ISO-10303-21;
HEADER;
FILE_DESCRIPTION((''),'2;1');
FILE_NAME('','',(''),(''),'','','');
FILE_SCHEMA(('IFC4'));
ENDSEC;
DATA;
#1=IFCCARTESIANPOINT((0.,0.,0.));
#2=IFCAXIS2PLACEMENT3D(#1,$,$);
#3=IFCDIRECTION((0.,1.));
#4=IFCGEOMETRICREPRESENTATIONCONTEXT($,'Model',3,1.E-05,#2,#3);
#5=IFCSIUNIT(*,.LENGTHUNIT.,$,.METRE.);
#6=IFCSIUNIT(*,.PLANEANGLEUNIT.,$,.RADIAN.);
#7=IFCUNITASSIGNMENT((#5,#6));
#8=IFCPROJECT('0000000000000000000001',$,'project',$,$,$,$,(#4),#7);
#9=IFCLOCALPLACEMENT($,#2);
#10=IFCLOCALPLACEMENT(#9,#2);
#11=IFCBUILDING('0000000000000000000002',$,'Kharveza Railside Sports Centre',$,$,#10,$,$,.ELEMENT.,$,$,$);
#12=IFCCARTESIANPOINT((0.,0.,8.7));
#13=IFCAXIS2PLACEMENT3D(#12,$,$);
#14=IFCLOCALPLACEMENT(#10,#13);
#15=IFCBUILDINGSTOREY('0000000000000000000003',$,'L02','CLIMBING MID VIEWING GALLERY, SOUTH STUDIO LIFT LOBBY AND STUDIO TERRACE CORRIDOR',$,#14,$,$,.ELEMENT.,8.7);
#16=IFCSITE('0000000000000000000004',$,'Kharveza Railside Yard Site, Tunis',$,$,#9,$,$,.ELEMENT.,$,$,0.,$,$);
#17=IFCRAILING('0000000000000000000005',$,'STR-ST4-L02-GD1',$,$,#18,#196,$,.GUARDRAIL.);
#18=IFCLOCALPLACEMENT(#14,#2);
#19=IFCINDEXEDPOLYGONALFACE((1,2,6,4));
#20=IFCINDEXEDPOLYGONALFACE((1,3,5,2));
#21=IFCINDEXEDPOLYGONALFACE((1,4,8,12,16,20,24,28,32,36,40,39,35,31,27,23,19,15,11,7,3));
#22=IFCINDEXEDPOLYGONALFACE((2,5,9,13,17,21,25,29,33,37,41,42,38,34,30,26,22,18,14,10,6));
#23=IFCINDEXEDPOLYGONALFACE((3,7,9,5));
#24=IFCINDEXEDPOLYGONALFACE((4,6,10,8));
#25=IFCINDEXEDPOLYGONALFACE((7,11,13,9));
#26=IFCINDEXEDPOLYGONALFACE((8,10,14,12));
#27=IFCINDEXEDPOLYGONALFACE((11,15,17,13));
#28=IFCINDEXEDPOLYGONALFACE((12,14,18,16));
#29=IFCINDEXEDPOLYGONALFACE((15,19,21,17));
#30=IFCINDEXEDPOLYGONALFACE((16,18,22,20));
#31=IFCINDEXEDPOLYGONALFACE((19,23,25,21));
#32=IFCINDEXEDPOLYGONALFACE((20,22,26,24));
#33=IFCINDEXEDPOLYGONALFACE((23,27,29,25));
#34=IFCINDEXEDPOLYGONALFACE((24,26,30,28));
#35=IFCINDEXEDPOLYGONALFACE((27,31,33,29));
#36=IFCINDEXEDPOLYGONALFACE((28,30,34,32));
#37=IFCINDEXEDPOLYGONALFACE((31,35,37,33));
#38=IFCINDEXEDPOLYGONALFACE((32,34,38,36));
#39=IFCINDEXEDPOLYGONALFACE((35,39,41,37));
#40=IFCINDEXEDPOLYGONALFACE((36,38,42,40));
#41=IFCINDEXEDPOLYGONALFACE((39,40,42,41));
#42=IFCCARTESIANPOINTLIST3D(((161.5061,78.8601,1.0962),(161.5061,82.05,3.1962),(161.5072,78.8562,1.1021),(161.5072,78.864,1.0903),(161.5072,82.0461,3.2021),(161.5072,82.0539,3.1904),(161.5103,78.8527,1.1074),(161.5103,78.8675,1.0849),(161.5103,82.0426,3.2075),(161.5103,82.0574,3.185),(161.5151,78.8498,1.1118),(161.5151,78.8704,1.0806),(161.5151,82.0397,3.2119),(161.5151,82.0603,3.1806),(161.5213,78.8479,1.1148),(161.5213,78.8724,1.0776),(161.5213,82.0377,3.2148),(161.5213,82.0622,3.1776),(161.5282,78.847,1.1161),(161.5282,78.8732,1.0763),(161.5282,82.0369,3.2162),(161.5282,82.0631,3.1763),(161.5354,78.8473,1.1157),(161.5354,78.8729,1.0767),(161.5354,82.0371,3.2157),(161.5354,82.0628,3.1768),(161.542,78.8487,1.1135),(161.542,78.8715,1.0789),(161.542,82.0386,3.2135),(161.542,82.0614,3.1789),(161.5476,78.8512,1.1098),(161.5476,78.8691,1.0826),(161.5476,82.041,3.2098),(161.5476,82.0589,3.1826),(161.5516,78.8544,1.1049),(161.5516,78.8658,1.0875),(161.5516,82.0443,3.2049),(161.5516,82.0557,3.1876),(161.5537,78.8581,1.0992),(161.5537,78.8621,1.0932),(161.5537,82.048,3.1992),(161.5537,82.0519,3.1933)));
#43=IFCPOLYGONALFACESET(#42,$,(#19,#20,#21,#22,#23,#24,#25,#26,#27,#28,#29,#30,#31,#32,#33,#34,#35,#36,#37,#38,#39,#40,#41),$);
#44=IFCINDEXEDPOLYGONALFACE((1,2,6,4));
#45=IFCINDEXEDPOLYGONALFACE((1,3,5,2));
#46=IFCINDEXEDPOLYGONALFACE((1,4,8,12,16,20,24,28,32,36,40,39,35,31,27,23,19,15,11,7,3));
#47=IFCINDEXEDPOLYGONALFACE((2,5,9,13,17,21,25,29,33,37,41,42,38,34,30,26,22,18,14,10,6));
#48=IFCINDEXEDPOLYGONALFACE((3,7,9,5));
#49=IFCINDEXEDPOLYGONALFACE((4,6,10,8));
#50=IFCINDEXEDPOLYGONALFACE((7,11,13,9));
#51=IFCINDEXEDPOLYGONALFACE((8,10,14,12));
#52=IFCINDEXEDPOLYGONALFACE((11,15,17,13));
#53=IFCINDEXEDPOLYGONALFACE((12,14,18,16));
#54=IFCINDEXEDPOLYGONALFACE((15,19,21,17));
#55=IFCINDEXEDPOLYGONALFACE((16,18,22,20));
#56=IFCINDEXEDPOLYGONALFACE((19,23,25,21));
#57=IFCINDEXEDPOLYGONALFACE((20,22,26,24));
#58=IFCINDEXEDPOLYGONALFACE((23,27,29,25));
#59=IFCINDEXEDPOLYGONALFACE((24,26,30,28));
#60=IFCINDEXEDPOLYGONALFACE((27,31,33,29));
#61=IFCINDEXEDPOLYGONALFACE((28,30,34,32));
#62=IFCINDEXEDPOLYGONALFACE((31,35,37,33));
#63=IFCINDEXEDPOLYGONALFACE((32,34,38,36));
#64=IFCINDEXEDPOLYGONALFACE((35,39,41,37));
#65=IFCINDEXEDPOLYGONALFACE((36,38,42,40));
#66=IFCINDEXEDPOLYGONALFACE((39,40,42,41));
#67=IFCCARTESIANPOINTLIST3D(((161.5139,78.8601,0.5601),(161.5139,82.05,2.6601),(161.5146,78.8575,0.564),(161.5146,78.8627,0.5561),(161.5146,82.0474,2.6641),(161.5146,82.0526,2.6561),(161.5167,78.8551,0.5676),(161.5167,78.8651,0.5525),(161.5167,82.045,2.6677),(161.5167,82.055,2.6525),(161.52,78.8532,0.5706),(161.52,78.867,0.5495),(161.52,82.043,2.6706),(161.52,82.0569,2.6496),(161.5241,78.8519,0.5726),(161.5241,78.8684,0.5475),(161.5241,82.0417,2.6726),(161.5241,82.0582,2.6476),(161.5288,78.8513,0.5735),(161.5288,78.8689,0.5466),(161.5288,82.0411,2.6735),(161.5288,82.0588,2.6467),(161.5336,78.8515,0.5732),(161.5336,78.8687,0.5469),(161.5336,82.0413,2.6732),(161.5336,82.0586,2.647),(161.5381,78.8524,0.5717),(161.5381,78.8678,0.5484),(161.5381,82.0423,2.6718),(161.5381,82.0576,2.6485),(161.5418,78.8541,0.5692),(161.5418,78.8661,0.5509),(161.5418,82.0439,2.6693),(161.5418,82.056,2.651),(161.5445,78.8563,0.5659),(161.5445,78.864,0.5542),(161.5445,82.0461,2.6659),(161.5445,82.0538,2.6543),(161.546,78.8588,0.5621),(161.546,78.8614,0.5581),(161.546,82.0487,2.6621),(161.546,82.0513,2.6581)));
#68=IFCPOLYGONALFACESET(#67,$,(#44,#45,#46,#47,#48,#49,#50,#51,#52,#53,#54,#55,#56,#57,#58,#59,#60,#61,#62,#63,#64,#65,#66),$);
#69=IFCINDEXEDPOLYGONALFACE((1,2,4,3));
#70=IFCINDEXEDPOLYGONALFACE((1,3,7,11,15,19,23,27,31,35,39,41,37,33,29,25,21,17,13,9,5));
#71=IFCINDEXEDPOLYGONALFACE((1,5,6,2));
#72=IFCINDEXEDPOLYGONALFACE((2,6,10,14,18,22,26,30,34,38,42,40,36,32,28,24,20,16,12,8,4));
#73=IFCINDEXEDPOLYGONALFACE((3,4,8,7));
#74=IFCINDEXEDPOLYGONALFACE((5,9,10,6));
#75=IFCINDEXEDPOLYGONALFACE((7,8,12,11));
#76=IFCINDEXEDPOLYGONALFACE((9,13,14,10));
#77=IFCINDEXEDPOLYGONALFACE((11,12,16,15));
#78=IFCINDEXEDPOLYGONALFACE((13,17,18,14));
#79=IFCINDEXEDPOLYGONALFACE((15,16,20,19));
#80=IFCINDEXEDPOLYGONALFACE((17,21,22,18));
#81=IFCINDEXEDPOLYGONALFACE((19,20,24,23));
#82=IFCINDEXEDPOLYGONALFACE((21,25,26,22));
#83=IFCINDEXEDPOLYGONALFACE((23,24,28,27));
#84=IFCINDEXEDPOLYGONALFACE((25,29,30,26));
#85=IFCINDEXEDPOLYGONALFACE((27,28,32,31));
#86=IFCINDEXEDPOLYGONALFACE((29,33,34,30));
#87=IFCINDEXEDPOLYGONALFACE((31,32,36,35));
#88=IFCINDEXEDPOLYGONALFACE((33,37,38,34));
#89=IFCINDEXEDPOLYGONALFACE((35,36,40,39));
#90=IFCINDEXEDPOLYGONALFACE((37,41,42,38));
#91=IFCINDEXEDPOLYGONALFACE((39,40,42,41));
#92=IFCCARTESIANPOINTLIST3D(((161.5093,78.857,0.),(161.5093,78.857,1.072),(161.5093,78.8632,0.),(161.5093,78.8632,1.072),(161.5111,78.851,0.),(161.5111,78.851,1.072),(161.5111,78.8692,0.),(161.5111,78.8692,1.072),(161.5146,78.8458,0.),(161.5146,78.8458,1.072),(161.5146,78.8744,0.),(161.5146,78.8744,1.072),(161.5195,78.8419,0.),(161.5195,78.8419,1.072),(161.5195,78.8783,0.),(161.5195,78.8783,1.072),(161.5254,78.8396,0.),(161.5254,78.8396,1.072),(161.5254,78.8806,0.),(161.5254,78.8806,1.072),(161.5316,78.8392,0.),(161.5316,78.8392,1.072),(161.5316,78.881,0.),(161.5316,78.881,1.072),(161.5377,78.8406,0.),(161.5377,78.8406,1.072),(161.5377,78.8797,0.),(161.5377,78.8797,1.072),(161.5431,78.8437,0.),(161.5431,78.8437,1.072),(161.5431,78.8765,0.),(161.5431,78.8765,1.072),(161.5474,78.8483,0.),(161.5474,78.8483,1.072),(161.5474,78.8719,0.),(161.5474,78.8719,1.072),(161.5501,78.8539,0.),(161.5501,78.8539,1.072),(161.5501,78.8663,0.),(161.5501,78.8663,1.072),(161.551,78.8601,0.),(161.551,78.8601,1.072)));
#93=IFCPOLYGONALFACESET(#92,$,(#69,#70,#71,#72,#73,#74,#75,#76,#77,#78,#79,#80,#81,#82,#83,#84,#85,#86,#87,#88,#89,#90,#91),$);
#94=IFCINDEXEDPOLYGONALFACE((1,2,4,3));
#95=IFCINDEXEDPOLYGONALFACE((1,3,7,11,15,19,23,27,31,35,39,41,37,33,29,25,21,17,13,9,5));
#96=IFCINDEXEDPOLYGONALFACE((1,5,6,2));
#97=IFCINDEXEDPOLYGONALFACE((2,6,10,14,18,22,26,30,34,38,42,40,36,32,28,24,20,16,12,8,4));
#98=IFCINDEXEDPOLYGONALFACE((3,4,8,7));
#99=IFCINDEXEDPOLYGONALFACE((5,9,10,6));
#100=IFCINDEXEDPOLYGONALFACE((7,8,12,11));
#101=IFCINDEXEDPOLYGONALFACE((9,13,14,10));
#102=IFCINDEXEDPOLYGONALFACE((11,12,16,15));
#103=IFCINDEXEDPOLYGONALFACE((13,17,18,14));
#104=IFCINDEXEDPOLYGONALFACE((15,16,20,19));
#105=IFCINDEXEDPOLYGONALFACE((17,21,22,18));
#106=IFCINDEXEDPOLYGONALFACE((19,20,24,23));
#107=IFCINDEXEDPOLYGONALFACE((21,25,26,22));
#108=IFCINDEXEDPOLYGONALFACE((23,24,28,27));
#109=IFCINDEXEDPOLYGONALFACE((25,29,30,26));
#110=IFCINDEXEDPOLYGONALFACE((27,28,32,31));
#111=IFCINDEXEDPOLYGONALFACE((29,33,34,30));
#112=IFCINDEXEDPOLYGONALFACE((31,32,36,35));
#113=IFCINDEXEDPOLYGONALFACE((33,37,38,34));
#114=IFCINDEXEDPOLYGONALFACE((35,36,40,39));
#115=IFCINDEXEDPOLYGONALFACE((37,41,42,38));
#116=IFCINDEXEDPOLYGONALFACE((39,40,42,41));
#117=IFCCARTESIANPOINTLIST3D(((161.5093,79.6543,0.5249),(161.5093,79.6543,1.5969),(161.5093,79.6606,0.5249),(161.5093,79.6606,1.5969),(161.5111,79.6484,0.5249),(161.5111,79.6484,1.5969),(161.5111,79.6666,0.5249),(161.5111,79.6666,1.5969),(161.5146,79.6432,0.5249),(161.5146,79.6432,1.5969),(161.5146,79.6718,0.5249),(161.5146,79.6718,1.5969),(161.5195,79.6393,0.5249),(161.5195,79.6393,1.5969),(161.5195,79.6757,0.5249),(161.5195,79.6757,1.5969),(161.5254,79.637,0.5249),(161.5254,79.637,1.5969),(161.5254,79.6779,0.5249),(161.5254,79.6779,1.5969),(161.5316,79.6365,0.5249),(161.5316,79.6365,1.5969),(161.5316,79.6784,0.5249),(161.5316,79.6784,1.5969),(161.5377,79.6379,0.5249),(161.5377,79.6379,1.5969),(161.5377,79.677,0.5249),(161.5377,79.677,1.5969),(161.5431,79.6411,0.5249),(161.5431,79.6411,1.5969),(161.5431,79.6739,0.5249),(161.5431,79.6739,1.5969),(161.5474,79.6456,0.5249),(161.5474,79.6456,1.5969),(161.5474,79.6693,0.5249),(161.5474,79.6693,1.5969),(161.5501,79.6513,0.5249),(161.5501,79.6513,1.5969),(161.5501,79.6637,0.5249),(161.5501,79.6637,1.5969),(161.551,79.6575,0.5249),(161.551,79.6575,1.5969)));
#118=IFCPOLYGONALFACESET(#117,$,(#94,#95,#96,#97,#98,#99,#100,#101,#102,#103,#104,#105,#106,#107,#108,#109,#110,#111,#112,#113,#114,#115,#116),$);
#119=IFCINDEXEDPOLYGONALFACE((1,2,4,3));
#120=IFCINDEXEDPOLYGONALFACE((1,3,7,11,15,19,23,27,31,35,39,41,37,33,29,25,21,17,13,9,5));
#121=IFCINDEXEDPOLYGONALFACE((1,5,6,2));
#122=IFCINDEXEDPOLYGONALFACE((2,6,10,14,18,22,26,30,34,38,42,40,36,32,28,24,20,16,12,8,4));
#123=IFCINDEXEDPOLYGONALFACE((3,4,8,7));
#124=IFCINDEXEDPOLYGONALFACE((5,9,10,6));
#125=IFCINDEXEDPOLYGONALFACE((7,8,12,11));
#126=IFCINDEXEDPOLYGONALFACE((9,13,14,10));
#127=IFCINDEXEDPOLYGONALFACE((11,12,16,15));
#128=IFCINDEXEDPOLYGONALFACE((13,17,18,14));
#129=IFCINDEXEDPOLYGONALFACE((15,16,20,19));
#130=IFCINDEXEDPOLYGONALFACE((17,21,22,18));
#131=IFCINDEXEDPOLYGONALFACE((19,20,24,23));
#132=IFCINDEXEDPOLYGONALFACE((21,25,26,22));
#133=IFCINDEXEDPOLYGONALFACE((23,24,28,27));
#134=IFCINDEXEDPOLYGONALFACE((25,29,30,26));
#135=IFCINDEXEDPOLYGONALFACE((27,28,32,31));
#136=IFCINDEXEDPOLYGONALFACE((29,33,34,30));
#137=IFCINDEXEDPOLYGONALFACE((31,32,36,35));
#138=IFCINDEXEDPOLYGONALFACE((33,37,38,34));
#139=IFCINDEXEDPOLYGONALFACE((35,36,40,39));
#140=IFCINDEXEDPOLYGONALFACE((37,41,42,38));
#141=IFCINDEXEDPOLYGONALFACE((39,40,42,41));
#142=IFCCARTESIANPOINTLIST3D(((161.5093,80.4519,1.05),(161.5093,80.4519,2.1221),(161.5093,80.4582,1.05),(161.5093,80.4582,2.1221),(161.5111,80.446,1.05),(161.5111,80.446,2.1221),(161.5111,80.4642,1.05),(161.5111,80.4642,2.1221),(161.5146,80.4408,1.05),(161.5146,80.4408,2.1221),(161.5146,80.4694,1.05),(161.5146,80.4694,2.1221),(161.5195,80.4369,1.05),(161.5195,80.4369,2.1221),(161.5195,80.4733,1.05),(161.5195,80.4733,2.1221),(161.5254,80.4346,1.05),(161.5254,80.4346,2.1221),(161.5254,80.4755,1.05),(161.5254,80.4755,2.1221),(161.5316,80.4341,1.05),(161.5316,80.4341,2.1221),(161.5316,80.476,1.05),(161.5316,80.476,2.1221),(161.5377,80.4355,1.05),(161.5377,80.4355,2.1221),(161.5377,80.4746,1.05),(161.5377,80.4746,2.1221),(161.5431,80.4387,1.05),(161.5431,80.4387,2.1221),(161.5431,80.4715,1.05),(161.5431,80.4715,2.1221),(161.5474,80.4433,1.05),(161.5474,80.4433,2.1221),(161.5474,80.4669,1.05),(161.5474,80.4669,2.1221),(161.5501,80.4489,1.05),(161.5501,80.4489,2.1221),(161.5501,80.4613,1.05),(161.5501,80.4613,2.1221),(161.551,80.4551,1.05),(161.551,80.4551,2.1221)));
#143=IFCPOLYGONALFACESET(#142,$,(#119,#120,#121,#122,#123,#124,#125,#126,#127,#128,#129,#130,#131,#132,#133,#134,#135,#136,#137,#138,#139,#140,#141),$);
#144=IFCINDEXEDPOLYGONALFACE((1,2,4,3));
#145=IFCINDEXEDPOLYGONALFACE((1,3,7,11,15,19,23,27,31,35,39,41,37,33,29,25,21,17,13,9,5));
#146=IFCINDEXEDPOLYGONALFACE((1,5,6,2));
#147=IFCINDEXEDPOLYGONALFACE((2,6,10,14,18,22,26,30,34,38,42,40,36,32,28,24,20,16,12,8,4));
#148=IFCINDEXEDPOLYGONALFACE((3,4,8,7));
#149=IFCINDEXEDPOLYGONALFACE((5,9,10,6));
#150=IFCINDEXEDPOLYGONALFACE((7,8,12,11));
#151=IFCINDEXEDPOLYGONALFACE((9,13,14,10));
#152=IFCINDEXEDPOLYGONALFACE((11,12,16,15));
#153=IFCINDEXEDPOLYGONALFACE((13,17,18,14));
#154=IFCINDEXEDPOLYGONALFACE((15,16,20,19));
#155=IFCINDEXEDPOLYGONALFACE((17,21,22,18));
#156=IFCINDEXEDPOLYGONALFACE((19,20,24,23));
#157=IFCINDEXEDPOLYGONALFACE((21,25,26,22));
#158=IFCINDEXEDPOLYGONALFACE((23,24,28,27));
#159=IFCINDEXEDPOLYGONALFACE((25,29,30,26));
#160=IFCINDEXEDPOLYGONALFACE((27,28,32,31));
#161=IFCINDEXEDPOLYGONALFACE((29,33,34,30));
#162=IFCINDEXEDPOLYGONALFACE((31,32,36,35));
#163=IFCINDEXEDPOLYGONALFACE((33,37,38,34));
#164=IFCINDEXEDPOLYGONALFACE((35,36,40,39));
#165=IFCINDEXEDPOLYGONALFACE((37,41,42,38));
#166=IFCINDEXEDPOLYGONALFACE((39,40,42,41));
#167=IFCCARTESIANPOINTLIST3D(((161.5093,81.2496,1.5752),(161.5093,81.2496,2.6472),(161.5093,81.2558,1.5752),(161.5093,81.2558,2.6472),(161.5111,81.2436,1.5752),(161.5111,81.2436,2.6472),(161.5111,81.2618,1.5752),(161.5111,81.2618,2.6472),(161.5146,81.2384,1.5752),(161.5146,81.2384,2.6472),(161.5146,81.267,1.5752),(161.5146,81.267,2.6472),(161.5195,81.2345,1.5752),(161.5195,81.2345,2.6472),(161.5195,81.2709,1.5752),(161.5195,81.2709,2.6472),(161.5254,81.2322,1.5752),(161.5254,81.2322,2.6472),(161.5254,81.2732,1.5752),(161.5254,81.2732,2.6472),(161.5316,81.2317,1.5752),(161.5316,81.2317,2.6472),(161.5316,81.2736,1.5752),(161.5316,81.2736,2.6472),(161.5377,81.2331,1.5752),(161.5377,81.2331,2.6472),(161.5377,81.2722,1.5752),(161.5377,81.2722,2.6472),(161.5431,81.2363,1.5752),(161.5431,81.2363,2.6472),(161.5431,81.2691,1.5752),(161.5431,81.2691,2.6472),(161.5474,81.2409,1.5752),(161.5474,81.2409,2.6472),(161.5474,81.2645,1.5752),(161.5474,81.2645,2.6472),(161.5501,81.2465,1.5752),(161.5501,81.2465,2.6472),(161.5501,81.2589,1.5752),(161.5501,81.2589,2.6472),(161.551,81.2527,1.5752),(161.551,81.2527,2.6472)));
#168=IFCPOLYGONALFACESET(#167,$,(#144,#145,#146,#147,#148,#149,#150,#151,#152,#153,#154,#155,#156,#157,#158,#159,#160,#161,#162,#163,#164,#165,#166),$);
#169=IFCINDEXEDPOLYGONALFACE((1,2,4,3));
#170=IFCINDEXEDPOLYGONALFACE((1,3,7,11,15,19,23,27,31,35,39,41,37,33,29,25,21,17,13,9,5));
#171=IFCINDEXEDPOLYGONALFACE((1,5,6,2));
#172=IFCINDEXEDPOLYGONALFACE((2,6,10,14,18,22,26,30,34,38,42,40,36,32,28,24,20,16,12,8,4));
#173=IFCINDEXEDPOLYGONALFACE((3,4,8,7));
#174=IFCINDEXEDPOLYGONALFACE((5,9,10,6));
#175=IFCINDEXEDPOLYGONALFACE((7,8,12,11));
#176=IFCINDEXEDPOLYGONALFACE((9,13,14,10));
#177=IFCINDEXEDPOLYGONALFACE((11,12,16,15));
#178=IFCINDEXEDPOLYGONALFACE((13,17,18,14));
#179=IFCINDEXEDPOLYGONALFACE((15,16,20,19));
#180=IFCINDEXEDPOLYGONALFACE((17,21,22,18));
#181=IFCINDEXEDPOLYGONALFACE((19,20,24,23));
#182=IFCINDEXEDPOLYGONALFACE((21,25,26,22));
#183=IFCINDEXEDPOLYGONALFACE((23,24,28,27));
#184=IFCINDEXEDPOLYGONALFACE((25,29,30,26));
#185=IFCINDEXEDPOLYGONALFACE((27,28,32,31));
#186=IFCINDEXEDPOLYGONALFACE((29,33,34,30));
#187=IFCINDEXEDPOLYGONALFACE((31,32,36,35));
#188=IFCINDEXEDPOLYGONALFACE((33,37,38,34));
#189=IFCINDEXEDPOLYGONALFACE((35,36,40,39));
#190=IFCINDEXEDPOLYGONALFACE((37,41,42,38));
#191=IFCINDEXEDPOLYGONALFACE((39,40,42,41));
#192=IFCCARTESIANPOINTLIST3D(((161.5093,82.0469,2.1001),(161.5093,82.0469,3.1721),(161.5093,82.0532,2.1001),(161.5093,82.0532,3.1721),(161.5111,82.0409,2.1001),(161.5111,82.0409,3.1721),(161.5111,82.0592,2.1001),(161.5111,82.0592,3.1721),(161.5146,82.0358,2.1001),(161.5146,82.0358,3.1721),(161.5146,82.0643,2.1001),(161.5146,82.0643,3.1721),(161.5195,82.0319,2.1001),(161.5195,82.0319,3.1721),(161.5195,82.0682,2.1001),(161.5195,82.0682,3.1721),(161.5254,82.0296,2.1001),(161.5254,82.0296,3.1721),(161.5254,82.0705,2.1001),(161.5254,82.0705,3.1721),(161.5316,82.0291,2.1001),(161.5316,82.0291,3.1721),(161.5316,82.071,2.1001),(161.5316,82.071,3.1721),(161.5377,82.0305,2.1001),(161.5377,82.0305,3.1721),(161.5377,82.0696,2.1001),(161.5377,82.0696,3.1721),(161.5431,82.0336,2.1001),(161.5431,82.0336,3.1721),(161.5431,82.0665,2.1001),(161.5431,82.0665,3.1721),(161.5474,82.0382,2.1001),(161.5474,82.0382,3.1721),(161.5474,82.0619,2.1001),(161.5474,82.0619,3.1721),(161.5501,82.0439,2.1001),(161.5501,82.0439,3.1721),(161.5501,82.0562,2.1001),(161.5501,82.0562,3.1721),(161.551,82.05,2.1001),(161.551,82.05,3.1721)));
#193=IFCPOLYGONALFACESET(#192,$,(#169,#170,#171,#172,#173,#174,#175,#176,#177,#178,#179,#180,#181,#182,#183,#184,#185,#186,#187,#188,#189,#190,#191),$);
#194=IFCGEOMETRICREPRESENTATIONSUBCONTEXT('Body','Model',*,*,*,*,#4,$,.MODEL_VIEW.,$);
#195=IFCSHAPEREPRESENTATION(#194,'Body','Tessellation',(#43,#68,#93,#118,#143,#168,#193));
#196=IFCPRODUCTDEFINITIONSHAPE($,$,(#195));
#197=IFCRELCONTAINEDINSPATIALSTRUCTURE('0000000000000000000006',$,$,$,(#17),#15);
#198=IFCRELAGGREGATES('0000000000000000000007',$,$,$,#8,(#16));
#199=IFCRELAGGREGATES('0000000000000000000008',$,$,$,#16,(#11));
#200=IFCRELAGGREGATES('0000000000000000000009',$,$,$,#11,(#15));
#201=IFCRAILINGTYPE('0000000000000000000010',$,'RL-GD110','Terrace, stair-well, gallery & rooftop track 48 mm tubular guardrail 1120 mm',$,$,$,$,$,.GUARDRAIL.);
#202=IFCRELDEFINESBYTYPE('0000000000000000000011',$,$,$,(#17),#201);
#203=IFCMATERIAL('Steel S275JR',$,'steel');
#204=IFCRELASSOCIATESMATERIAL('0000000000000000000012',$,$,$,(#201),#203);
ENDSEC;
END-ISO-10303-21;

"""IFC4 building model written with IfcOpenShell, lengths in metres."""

from ifc_helpers import new_model, si_unit, direction, frame, origin, origin_2d, place, context, subcontext, project, spatial, circle, extrude, material, type_object, element, save


model = new_model("IFC4")

# Units and contexts
model_context = context("Model", 3, precision=1e-05, world=origin(), true_north=direction((0.0, 1.0)))
body_context = subcontext(model_context, "Body", "Model", "MODEL_VIEW")
ifc_project = project(units=[si_unit("LENGTHUNIT", "METRE"), si_unit("PLANEANGLEUNIT", "RADIAN")], contexts=[model_context])

# Site, building, storey
site_placement = place(None, origin())
site = spatial("IfcSite", under=ifc_project, at=site_placement, Name="Kharveza Railside Yard Site, Tunis", CompositionType="ELEMENT", RefElevation=0.0)
building_placement = place(site_placement, origin())
building = spatial("IfcBuilding", under=site, at=building_placement, Name="Kharveza Railside Sports Centre", CompositionType="ELEMENT")
storey_placement = place(building_placement, frame((0.0, 0.0, 8.7)))
storey = spatial("IfcBuildingStorey", under=building, at=storey_placement, Name="L02", Description="CLIMBING MID VIEWING GALLERY, SOUTH STUDIO LIFT LOBBY AND STUDIO TERRACE CORRIDOR", CompositionType="ELEMENT", Elevation=8.7)

# Railing
ifc_material_1 = material(Name="Steel S275JR", Category="steel")
railing_type_1 = type_object("IfcRailingType", Name="RL-GD110", Description="Terrace, stair-well, gallery & rooftop track 48 mm tubular guardrail 1120 mm", PredefinedType="GUARDRAIL", material=ifc_material_1)
railing_1_placement = place(storey_placement, frame((161.53, 78.8601, 0.0)))
element("IfcRailing", 1, at=railing_1_placement, inside=storey, type_object=railing_type_1, Name="STR-ST4-L02-GD1", PredefinedType="GUARDRAIL", context=body_context, shape_type="SweptSolid", body=[
    extrude(circle(Radius=0.0239, at=origin_2d()), frame((0.0, 0.0, 1.0962), z_axis=(0.0, 0.835242, 0.549882), x_axis=(-1.0, 0.0, 0.0)), (0.0, 0.0, 1.0), 3.8191),
    extrude(circle(Radius=0.0161, at=origin_2d()), frame((0.0, 0.0, 0.5601), z_axis=(0.0, 0.835242, 0.549882), x_axis=(-1.0, 0.0, 0.0)), (0.0, 0.0, 1.0), 3.8191),
    extrude(circle(Radius=0.021, at=origin_2d()), origin(), (0.0, 0.0, 1.0), 1.072),
    extrude(circle(Radius=0.021, at=origin_2d()), frame((0.0, 0.7974, 0.5249)), (0.0, 0.0, 1.0), 1.072),
    extrude(circle(Radius=0.021, at=origin_2d()), frame((0.0, 1.595, 1.05)), (0.0, 0.0, 1.0), 1.072),
    extrude(circle(Radius=0.021, at=origin_2d()), frame((0.0, 2.3926, 1.5752)), (0.0, 0.0, 1.0), 1.072),
    extrude(circle(Radius=0.021, at=origin_2d()), frame((0.0, 3.1899, 2.1001)), (0.0, 0.0, 1.0), 1.072),
])

save(model, "model.ifc")
